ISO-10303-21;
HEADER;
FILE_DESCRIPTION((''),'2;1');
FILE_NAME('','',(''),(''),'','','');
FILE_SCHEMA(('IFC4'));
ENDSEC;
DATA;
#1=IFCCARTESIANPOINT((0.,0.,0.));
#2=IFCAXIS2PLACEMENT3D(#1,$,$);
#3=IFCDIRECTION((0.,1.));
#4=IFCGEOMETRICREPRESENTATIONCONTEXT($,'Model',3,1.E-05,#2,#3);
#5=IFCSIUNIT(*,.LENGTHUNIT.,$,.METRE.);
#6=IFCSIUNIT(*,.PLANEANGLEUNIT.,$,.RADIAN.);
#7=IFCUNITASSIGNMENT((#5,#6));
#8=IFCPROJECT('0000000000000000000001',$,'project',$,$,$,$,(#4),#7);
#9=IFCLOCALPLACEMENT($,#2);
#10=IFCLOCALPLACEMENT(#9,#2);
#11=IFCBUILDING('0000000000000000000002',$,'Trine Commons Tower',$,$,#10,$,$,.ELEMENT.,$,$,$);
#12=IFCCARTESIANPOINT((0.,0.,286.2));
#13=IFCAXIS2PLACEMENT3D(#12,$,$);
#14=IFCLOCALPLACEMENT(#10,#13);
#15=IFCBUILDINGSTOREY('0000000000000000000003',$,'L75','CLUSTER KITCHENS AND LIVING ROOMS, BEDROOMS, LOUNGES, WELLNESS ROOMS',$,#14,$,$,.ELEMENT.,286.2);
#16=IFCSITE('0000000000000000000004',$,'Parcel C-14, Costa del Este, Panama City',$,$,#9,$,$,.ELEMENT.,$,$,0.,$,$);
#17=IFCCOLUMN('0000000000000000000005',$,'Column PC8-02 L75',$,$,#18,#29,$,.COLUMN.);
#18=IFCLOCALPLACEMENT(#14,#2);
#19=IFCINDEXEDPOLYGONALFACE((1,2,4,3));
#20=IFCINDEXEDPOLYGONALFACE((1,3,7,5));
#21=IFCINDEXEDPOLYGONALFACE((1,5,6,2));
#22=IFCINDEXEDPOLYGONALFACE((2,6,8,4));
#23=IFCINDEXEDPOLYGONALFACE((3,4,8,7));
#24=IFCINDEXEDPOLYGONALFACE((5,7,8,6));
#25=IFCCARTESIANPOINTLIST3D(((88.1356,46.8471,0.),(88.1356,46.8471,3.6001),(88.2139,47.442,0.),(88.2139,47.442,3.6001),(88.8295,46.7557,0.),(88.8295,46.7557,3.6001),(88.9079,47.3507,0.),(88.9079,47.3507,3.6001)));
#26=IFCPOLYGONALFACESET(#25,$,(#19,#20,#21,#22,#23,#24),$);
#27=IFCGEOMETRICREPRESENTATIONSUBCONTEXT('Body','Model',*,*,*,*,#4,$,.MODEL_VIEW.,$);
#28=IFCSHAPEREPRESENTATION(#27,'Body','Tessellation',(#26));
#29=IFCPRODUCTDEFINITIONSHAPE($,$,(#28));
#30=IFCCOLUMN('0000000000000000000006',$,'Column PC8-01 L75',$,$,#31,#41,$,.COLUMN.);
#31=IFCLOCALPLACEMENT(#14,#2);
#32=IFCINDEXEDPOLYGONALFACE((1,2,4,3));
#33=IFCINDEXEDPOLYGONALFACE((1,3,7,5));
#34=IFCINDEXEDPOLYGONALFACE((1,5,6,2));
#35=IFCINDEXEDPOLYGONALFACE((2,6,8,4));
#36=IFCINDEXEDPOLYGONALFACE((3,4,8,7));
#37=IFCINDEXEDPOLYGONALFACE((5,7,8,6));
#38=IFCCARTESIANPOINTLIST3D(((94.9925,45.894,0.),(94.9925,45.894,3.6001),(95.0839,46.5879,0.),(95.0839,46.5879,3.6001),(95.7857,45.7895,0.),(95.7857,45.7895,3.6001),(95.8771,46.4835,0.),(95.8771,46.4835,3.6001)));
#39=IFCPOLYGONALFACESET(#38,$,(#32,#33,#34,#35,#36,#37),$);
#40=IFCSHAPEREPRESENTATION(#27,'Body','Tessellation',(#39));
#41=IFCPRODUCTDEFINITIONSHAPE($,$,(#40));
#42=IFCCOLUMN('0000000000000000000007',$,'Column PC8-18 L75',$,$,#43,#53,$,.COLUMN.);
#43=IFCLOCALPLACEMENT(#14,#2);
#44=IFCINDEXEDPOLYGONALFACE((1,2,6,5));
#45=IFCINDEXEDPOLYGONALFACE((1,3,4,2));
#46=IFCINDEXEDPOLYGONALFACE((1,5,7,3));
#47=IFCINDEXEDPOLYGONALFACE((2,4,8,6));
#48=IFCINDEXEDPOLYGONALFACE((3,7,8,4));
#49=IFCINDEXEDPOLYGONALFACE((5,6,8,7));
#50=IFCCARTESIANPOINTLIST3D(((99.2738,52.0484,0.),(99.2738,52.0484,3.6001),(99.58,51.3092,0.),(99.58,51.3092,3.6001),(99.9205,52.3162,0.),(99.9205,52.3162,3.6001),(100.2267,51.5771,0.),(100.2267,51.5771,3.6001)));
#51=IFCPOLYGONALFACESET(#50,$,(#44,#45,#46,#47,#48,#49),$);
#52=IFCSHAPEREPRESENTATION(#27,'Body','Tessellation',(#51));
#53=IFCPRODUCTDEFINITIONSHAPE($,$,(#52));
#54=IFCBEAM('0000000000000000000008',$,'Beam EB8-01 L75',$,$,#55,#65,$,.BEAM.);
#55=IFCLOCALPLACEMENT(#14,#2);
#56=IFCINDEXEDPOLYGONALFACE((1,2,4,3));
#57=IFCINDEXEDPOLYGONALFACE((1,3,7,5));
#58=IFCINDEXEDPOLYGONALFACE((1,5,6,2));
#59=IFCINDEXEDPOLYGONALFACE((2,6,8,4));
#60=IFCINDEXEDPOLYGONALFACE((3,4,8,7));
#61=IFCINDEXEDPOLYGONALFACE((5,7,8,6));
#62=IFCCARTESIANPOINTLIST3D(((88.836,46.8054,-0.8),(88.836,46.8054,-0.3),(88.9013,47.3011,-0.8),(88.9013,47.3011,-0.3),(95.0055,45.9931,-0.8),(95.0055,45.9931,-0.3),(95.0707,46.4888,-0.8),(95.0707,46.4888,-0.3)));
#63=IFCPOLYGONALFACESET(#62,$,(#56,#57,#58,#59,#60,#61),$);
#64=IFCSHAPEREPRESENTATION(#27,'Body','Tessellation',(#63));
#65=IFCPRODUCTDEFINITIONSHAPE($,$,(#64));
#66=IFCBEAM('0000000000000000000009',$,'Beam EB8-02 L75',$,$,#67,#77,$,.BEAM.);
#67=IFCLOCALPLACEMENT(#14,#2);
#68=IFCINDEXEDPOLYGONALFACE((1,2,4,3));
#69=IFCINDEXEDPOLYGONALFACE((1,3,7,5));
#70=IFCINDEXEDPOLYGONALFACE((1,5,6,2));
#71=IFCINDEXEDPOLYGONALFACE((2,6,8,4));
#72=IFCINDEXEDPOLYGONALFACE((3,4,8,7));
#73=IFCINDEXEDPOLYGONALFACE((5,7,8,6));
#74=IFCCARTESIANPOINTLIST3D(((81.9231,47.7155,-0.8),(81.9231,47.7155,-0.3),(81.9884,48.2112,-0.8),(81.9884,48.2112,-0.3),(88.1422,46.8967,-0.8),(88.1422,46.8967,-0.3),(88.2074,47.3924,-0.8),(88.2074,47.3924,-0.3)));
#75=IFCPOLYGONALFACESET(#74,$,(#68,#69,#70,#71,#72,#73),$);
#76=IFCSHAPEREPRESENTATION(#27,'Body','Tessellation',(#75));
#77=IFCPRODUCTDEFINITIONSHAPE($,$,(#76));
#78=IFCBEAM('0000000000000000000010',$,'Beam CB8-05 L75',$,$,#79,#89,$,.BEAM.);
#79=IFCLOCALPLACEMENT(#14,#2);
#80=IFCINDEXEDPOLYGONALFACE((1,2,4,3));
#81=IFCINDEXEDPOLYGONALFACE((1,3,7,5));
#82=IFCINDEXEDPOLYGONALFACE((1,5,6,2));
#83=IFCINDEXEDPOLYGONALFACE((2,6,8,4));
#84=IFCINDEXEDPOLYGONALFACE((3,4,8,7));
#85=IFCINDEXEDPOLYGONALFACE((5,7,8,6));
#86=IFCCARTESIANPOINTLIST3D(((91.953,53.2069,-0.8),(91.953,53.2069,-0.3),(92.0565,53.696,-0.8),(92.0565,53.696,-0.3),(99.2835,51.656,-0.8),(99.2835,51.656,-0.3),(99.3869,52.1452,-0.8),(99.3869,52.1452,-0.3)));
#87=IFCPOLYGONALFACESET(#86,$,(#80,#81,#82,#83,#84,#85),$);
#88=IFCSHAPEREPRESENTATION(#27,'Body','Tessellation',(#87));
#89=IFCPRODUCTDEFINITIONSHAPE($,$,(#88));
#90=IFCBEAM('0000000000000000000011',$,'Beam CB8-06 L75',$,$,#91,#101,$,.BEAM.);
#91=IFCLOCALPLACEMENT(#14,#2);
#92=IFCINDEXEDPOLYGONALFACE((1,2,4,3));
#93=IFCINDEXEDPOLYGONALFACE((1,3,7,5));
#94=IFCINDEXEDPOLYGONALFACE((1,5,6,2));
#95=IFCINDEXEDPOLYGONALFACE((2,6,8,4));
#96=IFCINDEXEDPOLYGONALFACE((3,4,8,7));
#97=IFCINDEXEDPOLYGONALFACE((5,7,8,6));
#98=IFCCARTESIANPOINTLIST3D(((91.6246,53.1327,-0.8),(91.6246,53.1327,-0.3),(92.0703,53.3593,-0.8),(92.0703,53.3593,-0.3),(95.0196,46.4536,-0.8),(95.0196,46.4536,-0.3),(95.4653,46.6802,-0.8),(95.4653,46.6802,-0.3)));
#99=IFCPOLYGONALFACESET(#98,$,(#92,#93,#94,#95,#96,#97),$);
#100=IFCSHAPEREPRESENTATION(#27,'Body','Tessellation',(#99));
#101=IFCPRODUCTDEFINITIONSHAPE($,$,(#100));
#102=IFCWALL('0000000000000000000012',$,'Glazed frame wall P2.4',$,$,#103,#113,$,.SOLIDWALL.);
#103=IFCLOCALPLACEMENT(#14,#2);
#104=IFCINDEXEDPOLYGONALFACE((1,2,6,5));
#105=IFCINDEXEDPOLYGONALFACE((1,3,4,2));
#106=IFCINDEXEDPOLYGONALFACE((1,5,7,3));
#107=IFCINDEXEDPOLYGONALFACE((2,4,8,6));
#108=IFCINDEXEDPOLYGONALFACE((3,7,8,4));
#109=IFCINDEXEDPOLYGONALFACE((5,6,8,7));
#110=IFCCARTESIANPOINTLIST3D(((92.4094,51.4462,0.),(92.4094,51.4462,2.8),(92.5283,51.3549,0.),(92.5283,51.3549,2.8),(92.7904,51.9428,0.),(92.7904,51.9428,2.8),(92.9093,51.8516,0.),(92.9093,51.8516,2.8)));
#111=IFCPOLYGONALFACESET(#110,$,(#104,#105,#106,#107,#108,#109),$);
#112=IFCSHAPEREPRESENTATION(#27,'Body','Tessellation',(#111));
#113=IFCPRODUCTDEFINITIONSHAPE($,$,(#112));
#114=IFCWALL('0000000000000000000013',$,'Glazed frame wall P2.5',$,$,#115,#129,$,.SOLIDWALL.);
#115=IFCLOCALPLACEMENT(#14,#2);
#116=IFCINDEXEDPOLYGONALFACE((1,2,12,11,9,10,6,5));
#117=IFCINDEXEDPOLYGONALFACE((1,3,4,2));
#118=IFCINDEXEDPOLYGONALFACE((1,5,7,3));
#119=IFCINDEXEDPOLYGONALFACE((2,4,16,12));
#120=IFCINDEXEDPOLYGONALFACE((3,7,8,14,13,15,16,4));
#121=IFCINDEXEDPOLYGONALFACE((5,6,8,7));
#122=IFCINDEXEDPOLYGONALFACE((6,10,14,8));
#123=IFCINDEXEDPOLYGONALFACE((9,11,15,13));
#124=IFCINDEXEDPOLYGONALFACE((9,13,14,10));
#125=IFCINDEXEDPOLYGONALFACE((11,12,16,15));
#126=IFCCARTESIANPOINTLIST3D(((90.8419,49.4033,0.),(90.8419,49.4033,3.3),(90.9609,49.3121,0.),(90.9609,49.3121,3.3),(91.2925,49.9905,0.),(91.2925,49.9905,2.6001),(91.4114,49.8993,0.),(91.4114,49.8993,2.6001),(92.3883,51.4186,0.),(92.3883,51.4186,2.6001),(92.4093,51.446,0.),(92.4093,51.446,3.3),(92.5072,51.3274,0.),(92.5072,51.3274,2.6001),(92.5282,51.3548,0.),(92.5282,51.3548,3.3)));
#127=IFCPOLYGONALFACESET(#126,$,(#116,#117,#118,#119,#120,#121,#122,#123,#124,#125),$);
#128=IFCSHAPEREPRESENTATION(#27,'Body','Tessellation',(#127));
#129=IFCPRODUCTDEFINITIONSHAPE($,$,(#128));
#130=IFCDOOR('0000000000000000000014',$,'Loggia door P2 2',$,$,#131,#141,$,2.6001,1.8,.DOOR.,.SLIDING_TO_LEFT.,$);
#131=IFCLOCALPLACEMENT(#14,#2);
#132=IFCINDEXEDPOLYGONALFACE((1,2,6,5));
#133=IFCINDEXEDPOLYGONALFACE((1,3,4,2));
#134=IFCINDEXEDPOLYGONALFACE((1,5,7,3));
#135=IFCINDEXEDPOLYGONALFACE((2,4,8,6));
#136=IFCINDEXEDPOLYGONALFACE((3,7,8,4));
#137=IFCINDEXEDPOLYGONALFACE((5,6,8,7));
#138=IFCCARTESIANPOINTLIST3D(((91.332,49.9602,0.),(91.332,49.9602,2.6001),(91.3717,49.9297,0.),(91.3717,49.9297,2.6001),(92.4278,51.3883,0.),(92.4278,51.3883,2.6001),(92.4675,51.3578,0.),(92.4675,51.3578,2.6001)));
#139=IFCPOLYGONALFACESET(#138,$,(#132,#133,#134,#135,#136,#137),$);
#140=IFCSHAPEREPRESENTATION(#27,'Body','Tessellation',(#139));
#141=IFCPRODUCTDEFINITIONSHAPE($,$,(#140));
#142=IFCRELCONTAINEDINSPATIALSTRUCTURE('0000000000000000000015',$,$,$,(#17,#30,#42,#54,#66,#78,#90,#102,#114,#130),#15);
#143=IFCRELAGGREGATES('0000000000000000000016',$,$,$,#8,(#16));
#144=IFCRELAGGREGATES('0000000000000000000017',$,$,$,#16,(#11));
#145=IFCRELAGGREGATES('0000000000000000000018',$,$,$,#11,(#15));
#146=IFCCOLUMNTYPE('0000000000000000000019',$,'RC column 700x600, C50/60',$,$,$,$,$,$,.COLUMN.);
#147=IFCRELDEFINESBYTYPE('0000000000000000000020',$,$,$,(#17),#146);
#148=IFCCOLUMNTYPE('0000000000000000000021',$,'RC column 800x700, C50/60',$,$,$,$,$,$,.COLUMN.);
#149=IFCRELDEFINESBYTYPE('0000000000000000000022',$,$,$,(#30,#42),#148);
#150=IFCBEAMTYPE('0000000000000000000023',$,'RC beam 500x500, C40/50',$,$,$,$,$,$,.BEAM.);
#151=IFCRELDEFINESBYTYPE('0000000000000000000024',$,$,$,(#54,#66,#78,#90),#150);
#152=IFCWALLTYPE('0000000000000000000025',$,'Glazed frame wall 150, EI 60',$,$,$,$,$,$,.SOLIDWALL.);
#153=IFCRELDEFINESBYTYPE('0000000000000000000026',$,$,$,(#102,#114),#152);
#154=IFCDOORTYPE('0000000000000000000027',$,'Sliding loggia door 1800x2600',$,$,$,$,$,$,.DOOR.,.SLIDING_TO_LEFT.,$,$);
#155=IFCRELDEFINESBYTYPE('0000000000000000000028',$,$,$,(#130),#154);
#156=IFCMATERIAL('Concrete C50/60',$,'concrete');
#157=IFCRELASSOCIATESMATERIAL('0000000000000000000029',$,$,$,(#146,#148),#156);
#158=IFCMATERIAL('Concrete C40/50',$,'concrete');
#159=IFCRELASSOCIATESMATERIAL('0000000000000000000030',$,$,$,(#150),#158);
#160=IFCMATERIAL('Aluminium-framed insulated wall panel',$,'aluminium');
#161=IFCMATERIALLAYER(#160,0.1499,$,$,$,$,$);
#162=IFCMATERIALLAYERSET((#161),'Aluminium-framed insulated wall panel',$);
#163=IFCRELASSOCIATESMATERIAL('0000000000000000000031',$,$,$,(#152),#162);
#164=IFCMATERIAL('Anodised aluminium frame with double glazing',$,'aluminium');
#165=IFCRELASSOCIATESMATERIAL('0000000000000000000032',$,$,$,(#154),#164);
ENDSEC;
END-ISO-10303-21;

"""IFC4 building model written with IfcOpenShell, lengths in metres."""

from ifc_helpers import new_model, si_unit, direction, frame, frame_2d, origin, origin_2d, place, context, subcontext, project, spatial, polyline, rectangle, outline, extrude, material, layer, layer_set, material_profile, profile_set, type_object, element, fill, save


model = new_model("IFC4")

# Units and contexts
model_context = context("Model", 3, precision=1e-05, world=origin(), true_north=direction((0.0, 1.0)))
body_context = subcontext(model_context, "Body", "Model", "MODEL_VIEW")
ifc_project = project(units=[si_unit("LENGTHUNIT", "METRE"), si_unit("PLANEANGLEUNIT", "RADIAN")], contexts=[model_context])

# Site, building, storey
site_placement = place(None, origin())
site = spatial("IfcSite", under=ifc_project, at=site_placement, Name="Parcel C-14, Costa del Este, Panama City", CompositionType="ELEMENT", RefElevation=0.0)
building_placement = place(site_placement, origin())
building = spatial("IfcBuilding", under=site, at=building_placement, Name="Trine Commons Tower", CompositionType="ELEMENT")
storey_placement = place(building_placement, frame((0.0, 0.0, 286.2)))
storey = spatial("IfcBuildingStorey", under=building, at=storey_placement, Name="L75", Description="CLUSTER KITCHENS AND LIVING ROOMS, BEDROOMS, LOUNGES, WELLNESS ROOMS", CompositionType="ELEMENT", Elevation=286.2)

# Columns
ifc_material_1 = material(Name="Concrete C50/60", Category="concrete")
ifc_material_profile_1 = material_profile(ifc_material_1, rectangle(XDim=0.7, YDim=0.6001, at=origin_2d()), Name="RC 700x600")
ifc_profile_set_1 = profile_set([ifc_material_profile_1], Name="Concrete C50/60")
column_type_1 = type_object("IfcColumnType", Name="RC column 700x600, C50/60", PredefinedType="COLUMN", material=ifc_profile_set_1)
column_placement = place(storey_placement, frame((88.5217, 47.0989, 0.0), z_axis=(0.0, 0.0, 1.0), x_axis=(-0.991445, 0.130526, 0.0)))
element("IfcColumn", 1, at=column_placement, inside=storey, type_object=column_type_1, Name="Column PC8-02 L75", PredefinedType="COLUMN", context=body_context, shape_type="SweptSolid", body=[
    extrude(rectangle(XDim=0.7, YDim=0.6001, at=origin_2d()), origin(), (0.0, 0.0, 1.0), 3.6001),
])
ifc_material_profile_2 = material_profile(ifc_material_1, rectangle(XDim=0.8, YDim=0.7, at=origin_2d()), Name="RC 800x700")
ifc_profile_set_2 = profile_set([ifc_material_profile_2], Name="Concrete C50/60")
column_type_2 = type_object("IfcColumnType", Name="RC column 800x700, C50/60", PredefinedType="COLUMN", material=ifc_profile_set_2)
for number, where, z_axis, x_axis, name in (
    (2, (95.4348, 46.1887, 0.0), (0.0, 0.0, 1.0), (-0.991445, 0.130526, 0.0), "Column PC8-01 L75"),
    (3, (99.7502, 51.8127, 0.0), (0.0, 0.0, 1.0), (-0.382683, 0.92388, 0.0), "Column PC8-18 L75"),
):
    element("IfcColumn", number, at=place(storey_placement, frame(where, z_axis=z_axis, x_axis=x_axis)), inside=storey, type_object=column_type_2, Name=name, PredefinedType="COLUMN", context=body_context, shape_type="SweptSolid", body=[
        extrude(rectangle(XDim=0.8, YDim=0.7, at=origin_2d()), origin(), (0.0, 0.0, 1.0), 3.6001),
    ])

# Beams
ifc_material_2 = material(Name="Concrete C40/50", Category="concrete")
ifc_material_profile_3 = material_profile(ifc_material_2, rectangle(XDim=0.5, YDim=0.5, at=origin_2d()), Name="RC 500x500")
ifc_profile_set_3 = profile_set([ifc_material_profile_3], Name="Concrete C40/50")
beam_type = type_object("IfcBeamType", Name="RC beam 500x500, C40/50", PredefinedType="BEAM", material=ifc_profile_set_3)
beam_1_placement = place(storey_placement, frame((95.0381, 46.241, -0.55), z_axis=(-0.991444, 0.130532, 0.0), x_axis=(-0.130532, -0.991444, 0.0)))
element("IfcBeam", 4, at=beam_1_placement, inside=storey, type_object=beam_type, Name="Beam EB8-01 L75", PredefinedType="BEAM", context=body_context, shape_type="SweptSolid", body=[
    extrude(rectangle(XDim=0.5, YDim=0.5, at=origin_2d()), origin(), (0.0, 0.0, 1.0), 6.2227),
])
beam_2_placement = place(storey_placement, frame((88.1748, 47.1445, -0.55), z_axis=(-0.991443, 0.130542, 0.0), x_axis=(-0.130542, -0.991443, 0.0)))
element("IfcBeam", 5, at=beam_2_placement, inside=storey, type_object=beam_type, Name="Beam EB8-02 L75", PredefinedType="BEAM", context=body_context, shape_type="SweptSolid", body=[
    extrude(rectangle(XDim=0.5, YDim=0.5, at=origin_2d()), origin(), (0.0, 0.0, 1.0), 6.2727),
])
beam_3_placement = place(storey_placement, frame((99.3352, 51.9006, -0.55), z_axis=(-0.978346, 0.206976, 0.0), x_axis=(-0.206976, -0.978346, 0.0)))
element("IfcBeam", 6, at=beam_3_placement, inside=storey, type_object=beam_type, Name="Beam CB8-05 L75", PredefinedType="BEAM", context=body_context, shape_type="SweptSolid", body=[
    extrude(rectangle(XDim=0.5, YDim=0.5, at=origin_2d()), origin(), (0.0, 0.0, 1.0), 7.4927),
])
beam_4_placement = place(storey_placement, frame((95.2424, 46.5669, -0.55), z_axis=(-0.453121, 0.891449, 0.0), x_axis=(-0.891449, -0.453121, 0.0)))
element("IfcBeam", 7, at=beam_4_placement, inside=storey, type_object=beam_type, Name="Beam CB8-06 L75", PredefinedType="BEAM", context=body_context, shape_type="SweptSolid", body=[
    extrude(rectangle(XDim=0.5, YDim=0.5, at=origin_2d()), origin(), (0.0, 0.0, 1.0), 7.4924),
])

# Wall
ifc_material_3 = material(Name="Aluminium-framed insulated wall panel", Category="aluminium")
ifc_layer_1 = layer(ifc_material_3, 0.1499)
ifc_layer_set_1 = layer_set([ifc_layer_1], Name="Aluminium-framed insulated wall panel")
wall_type_1 = type_object("IfcWallType", Name="Glazed frame wall 150, EI 60", PredefinedType="SOLIDWALL", material=ifc_layer_set_1)
wall_1_placement = place(storey_placement, frame((92.8499, 51.8972, 0.0), z_axis=(0.0, 0.0, 1.0), x_axis=(-0.608636, -0.793449, 0.0)))
element("IfcWall", 8, at=wall_1_placement, inside=storey, type_object=wall_type_1, Name="Glazed frame wall P2.4", PredefinedType="SOLIDWALL", context=body_context, shape_type="SweptSolid", body=[
    extrude(outline(polyline([(0.0, -0.075), (0.626, -0.075), (0.626, 0.075), (0.0, 0.075), (0.0, -0.075)])), origin(), (0.0, 0.0, 1.0), 2.8),
])

# Wall, opening, door
wall_2_placement = place(storey_placement, frame((92.4688, 51.4004, 0.0), z_axis=(0.0, 0.0, 1.0), x_axis=(-0.608752, -0.79336, 0.0)))
wall_2 = element("IfcWall", 9, at=wall_2_placement, inside=storey, type_object=wall_type_1, Name="Glazed frame wall P2.5", PredefinedType="SOLIDWALL", context=body_context, shape_type="SweptSolid", body=[
    extrude(outline(polyline([(2.5747, 0.075), (0.0, 0.075), (0.0, -0.075), (2.5747, -0.075), (2.5747, 0.075)])), origin(), (0.0, 0.0, 1.0), 3.3),
])
opening_1_placement = place(wall_2_placement, frame((0.0347, 0.0, 0.0)))
opening_1 = element("IfcOpeningElement", 10, at=opening_1_placement, cuts=wall_2, PredefinedType="OPENING", context=body_context, shape_type="SweptSolid", body=[
    extrude(rectangle(XDim=1.8, YDim=2.6001, at=frame_2d((0.8999, 1.3))), frame((0.0, 0.085, 0.0), z_axis=(0.0, -1.0, 0.0), x_axis=(1.0, 0.0, 0.0)), (0.0, 0.0, 1.0), 0.1699),
])
ifc_material_4 = material(Name="Anodised aluminium frame with double glazing", Category="aluminium")
door_type = type_object("IfcDoorType", Name="Sliding loggia door 1800x2600", OperationType="SLIDING_TO_LEFT", PredefinedType="DOOR", material=ifc_material_4)
door_1_placement = place(opening_1_placement, origin())
door_1 = element("IfcDoor", 11, at=door_1_placement, inside=storey, type_object=door_type, Name="Loggia door P2 2", OperationType="SLIDING_TO_LEFT", OverallHeight=2.6001, OverallWidth=1.8, PredefinedType="DOOR", context=body_context, shape_type="SweptSolid", body=[
    extrude(rectangle(XDim=1.8, YDim=2.6001, at=frame_2d((0.8999, 1.3))), frame((0.0, 0.0249, 0.0), z_axis=(0.0, -1.0, 0.0), x_axis=(1.0, 0.0, 0.0)), (0.0, 0.0, 1.0), 0.05),
])
fill(opening_1, door_1)

save(model, "model.ifc")
